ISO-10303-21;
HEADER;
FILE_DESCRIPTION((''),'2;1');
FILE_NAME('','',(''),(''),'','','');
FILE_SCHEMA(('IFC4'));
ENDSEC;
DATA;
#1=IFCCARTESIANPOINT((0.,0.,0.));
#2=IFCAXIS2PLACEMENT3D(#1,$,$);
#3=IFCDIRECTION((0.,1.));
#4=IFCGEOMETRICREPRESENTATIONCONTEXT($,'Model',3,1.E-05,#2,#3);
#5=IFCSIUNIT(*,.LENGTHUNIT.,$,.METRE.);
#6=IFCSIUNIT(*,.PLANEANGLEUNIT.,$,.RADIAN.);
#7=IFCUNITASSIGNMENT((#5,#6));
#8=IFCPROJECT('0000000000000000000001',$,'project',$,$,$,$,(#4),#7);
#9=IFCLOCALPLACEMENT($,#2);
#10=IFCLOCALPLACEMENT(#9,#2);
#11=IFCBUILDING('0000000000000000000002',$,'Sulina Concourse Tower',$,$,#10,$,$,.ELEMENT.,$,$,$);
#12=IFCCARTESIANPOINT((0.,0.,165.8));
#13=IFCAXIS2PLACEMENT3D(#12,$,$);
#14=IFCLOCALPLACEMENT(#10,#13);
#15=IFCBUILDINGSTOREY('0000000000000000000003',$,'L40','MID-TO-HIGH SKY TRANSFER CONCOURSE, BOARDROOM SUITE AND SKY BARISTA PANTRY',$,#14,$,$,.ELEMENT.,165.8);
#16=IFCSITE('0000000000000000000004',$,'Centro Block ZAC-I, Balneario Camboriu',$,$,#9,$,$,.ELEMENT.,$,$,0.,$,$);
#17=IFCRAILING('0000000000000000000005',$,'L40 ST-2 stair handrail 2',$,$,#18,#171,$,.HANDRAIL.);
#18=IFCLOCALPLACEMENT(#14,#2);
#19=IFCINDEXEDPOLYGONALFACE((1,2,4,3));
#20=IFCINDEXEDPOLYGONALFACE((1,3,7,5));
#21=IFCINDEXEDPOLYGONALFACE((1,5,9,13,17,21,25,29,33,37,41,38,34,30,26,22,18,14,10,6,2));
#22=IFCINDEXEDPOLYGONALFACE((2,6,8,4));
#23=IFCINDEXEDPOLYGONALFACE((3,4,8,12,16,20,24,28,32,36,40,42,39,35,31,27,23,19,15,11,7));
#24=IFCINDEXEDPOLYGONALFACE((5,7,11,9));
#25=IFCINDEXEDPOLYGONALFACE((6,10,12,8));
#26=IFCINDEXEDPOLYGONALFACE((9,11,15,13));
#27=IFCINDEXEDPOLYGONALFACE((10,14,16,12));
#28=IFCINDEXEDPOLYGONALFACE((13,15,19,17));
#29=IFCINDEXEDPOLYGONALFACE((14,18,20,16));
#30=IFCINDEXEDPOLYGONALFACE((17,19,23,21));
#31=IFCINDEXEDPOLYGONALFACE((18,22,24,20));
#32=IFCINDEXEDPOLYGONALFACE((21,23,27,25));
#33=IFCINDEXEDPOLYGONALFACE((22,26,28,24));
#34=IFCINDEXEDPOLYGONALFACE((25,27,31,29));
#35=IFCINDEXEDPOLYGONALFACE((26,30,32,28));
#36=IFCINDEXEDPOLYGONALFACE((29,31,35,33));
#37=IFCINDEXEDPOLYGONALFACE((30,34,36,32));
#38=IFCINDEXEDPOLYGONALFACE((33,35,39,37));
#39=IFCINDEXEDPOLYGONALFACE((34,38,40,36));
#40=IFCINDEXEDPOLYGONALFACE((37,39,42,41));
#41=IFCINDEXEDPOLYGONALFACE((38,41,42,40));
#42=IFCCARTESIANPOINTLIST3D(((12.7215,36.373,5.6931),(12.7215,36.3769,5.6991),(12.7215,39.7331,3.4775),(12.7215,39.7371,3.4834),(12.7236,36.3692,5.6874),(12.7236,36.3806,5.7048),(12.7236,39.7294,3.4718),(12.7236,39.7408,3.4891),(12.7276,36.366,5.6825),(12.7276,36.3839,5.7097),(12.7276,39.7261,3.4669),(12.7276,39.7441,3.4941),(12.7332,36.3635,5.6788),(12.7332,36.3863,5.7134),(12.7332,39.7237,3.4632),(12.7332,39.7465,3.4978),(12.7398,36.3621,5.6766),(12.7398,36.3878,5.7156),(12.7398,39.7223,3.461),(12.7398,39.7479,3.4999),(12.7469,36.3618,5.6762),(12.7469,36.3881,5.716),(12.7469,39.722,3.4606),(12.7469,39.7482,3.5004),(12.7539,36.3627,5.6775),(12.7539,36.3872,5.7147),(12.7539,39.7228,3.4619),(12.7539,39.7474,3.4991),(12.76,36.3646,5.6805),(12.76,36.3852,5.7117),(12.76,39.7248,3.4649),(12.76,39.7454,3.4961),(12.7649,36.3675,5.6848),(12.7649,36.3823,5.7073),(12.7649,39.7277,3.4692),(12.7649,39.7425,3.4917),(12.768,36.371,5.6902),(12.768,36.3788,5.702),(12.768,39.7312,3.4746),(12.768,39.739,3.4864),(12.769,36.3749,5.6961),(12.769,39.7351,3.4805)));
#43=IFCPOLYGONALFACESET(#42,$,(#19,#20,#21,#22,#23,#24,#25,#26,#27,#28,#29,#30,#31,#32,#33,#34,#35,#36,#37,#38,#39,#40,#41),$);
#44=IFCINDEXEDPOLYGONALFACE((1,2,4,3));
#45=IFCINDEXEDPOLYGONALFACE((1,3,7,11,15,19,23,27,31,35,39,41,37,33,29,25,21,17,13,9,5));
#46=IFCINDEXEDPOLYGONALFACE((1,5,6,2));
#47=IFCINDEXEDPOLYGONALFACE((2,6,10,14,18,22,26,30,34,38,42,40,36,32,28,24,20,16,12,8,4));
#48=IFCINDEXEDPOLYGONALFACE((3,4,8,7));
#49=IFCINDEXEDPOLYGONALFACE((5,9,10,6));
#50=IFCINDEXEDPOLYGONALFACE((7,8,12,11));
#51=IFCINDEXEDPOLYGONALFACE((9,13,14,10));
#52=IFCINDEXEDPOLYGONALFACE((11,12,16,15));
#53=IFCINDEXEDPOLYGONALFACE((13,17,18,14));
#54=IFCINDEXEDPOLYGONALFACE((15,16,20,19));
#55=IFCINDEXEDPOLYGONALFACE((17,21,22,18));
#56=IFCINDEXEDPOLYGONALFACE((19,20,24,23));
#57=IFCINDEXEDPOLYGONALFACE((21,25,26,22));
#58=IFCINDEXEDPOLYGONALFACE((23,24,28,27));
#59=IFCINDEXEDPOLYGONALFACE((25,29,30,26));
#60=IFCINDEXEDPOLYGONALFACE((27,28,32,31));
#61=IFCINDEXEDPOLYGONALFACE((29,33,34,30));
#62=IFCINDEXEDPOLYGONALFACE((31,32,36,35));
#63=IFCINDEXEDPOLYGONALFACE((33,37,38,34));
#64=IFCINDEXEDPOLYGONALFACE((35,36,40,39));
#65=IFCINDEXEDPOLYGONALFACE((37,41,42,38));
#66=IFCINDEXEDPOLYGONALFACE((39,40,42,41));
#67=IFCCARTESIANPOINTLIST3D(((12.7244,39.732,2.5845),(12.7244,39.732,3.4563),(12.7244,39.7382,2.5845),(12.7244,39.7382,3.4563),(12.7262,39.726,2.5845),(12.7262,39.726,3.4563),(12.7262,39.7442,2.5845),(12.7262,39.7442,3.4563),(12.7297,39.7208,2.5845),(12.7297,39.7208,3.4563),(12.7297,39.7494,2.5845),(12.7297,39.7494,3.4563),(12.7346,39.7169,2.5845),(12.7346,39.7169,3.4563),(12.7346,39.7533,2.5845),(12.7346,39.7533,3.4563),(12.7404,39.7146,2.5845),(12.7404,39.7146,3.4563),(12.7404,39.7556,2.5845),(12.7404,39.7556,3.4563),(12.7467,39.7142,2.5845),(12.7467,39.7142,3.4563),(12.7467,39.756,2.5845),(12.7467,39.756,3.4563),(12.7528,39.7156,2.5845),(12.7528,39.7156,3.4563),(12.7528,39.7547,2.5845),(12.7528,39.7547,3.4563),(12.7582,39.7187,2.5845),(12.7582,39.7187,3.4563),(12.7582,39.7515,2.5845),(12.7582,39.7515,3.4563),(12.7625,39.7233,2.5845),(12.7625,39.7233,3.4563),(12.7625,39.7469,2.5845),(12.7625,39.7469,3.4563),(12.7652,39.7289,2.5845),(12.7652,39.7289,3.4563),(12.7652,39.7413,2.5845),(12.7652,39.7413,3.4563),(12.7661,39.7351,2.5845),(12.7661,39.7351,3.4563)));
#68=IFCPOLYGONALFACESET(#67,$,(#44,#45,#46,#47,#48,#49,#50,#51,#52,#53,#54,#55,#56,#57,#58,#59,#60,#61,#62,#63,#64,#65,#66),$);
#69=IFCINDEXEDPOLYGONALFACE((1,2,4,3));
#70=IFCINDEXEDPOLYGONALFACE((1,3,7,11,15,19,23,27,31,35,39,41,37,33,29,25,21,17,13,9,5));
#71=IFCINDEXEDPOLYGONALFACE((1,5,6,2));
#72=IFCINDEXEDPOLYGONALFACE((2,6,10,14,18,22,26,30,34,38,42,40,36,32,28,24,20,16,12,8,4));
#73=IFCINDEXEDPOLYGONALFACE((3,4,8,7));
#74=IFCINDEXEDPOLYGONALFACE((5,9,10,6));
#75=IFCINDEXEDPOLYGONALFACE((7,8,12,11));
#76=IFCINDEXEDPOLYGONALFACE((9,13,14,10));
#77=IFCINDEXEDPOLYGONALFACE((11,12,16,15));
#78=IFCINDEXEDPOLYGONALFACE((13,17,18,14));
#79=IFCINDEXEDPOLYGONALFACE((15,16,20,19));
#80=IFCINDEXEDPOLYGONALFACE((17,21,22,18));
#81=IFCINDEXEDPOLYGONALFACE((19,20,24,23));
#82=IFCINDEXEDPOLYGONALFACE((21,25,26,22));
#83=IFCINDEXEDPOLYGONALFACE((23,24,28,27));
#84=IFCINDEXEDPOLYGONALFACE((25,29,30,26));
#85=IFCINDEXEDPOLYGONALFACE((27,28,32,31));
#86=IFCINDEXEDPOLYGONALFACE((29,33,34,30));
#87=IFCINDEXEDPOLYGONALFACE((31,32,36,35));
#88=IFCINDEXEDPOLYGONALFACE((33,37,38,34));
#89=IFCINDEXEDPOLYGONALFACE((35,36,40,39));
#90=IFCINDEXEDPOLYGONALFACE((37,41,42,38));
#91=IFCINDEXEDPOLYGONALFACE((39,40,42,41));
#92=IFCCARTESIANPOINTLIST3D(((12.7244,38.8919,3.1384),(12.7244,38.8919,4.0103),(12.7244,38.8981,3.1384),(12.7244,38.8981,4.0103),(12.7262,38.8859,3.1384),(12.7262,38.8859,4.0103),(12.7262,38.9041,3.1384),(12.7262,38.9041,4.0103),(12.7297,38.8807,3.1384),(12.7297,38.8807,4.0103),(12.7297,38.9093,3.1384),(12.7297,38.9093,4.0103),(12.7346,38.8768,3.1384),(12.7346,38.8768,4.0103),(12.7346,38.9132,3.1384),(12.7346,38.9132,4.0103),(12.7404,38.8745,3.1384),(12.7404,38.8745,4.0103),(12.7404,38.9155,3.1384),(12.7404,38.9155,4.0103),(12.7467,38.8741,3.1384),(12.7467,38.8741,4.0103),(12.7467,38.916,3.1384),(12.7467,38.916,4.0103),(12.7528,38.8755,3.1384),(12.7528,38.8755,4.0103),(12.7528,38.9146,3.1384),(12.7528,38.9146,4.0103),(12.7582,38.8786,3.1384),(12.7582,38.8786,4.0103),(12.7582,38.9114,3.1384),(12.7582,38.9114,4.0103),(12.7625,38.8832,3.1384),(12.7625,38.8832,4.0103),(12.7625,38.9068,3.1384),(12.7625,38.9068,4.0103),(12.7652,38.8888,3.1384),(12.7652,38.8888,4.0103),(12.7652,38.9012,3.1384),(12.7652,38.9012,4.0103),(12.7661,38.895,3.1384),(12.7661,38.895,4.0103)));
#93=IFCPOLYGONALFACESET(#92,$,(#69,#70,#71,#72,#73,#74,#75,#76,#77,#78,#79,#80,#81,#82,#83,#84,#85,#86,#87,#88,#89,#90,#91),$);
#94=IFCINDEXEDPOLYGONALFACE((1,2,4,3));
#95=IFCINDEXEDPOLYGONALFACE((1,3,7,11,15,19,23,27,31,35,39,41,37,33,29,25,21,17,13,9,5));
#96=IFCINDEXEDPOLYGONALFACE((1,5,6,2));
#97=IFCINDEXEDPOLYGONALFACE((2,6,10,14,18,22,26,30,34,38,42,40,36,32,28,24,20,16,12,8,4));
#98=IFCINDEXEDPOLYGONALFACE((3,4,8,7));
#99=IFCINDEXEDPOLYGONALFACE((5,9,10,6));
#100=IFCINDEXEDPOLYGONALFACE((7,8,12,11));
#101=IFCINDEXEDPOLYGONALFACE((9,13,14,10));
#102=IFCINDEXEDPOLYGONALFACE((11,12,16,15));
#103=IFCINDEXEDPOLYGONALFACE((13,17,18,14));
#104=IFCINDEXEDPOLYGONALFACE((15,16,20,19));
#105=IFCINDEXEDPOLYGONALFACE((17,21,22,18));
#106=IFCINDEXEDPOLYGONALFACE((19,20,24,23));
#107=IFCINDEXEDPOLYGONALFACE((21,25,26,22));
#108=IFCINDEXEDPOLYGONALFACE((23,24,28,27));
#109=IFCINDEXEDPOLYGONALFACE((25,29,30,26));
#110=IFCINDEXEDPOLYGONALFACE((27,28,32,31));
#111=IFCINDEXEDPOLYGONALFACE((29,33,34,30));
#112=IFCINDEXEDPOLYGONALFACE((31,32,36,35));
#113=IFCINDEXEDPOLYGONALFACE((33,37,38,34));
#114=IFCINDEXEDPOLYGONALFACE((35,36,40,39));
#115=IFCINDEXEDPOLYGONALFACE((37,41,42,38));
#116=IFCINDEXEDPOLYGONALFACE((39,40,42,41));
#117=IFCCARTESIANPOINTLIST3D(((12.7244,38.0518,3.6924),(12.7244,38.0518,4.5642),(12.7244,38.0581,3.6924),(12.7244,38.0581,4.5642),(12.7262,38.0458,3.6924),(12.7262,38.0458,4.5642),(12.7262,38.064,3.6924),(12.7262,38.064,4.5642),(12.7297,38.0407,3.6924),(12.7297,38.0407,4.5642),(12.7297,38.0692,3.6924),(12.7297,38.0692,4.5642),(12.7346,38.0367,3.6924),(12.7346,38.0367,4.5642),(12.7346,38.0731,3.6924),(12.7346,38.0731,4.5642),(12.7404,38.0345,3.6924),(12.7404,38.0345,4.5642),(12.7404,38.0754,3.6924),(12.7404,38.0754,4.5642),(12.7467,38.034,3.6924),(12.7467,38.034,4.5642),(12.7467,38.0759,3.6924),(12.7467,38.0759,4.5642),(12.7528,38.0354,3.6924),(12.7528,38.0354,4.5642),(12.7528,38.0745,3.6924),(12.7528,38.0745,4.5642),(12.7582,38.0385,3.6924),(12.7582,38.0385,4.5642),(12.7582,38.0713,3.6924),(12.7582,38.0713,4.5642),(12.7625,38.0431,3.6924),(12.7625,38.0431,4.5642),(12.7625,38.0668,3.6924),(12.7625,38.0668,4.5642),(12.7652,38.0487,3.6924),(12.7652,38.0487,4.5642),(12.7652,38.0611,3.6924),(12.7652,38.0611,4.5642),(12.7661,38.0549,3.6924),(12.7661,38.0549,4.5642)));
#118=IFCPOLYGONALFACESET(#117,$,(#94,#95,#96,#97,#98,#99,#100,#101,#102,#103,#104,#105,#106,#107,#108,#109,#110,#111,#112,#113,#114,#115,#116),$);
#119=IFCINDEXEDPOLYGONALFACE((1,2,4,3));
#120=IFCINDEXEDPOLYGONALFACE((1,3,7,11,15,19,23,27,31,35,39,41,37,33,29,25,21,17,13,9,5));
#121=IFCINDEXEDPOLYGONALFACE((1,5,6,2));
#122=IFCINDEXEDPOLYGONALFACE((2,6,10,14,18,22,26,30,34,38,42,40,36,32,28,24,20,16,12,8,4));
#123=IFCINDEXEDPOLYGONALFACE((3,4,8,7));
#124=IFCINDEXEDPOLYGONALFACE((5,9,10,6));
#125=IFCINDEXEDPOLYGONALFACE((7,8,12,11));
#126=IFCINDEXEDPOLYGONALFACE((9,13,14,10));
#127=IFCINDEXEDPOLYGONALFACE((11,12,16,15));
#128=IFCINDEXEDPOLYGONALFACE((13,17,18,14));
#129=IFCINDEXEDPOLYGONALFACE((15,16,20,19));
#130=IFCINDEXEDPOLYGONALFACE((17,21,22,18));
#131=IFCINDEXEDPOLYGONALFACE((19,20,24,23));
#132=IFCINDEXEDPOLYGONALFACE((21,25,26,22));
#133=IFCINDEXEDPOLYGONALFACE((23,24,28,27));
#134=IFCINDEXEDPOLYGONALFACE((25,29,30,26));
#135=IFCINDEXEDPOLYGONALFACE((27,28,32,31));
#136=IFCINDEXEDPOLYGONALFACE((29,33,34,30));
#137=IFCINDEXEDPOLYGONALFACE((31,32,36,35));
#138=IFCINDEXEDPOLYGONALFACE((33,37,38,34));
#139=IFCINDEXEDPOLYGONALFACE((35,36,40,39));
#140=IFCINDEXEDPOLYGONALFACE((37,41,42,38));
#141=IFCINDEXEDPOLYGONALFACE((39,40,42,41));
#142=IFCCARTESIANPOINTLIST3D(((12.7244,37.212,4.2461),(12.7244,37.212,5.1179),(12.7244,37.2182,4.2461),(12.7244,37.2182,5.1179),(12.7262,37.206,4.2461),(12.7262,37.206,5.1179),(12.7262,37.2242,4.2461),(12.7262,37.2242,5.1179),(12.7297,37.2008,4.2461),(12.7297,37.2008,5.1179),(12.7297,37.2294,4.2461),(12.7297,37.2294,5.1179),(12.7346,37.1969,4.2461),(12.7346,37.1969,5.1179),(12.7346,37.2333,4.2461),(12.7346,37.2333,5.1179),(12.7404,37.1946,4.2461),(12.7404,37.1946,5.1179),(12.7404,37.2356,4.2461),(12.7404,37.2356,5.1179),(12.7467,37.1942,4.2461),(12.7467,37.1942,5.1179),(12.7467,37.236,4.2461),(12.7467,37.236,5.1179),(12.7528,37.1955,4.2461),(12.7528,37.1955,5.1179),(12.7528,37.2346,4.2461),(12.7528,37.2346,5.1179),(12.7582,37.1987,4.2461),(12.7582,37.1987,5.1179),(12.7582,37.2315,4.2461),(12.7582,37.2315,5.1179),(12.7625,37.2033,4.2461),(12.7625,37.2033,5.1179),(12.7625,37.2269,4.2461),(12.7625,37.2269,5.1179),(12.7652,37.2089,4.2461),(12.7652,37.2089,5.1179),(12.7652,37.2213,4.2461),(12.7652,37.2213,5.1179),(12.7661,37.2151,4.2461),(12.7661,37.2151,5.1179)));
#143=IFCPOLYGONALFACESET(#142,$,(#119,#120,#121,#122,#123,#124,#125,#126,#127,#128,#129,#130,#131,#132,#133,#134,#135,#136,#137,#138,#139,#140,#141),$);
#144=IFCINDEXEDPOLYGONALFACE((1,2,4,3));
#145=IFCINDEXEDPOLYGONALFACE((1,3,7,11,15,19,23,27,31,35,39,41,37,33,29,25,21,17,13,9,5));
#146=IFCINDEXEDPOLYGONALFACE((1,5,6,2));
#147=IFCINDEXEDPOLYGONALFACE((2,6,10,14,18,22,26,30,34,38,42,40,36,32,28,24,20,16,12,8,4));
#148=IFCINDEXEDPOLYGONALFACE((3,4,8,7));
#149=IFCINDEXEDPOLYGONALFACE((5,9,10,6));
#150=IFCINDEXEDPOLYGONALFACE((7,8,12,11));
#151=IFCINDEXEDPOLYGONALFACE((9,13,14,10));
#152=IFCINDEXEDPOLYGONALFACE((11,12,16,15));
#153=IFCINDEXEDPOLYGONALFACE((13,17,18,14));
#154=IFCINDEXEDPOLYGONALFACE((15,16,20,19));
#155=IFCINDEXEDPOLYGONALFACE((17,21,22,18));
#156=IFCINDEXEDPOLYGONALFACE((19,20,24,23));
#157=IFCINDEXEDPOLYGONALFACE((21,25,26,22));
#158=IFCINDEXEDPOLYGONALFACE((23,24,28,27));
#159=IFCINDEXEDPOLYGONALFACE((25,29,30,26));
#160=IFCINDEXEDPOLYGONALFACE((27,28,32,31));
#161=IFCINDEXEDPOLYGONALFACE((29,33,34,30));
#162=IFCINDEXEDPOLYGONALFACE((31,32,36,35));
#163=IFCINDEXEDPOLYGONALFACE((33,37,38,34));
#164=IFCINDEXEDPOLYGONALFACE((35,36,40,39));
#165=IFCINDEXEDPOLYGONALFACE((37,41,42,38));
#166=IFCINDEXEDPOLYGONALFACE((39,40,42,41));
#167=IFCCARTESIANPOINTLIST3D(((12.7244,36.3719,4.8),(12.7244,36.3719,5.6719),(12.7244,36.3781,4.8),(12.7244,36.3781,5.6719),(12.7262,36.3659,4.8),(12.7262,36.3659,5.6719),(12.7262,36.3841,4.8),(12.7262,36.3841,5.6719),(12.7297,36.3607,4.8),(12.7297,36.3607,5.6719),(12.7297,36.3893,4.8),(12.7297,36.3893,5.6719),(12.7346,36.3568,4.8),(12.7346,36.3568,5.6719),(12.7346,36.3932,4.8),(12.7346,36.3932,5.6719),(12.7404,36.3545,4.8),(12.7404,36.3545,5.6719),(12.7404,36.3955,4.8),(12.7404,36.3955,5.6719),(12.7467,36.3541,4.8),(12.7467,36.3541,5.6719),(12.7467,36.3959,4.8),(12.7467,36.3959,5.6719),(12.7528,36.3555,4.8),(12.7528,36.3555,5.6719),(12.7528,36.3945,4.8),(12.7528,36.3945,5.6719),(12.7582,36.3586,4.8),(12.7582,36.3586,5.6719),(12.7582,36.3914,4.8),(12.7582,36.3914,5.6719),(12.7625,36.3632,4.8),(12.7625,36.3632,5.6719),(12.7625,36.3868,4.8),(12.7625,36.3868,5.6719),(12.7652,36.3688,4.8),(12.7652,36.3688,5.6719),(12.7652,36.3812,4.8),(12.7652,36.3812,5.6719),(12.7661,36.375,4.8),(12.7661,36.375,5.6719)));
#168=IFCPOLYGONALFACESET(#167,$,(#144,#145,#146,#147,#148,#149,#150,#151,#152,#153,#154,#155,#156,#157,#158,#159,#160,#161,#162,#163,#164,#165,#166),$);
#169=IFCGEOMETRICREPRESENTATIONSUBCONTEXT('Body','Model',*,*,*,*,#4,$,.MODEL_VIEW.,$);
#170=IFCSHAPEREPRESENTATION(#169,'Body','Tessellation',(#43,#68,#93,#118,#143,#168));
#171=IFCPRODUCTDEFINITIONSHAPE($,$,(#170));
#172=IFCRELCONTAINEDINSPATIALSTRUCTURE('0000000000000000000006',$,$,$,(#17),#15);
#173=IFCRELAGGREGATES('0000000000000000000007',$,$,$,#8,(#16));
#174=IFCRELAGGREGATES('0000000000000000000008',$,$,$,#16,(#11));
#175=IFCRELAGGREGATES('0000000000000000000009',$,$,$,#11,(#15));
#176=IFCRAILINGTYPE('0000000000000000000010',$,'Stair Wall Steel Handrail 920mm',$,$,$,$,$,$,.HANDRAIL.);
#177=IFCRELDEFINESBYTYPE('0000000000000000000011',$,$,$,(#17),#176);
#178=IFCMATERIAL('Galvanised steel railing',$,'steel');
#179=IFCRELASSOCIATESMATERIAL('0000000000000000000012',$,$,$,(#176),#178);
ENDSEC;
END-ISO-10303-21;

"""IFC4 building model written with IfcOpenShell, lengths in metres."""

from ifc_helpers import new_model, si_unit, direction, frame, origin, origin_2d, place, context, subcontext, project, spatial, circle, extrude, material, type_object, element, save


model = new_model("IFC4")

# Units and contexts
model_context = context("Model", 3, precision=1e-05, world=origin(), true_north=direction((0.0, 1.0)))
body_context = subcontext(model_context, "Body", "Model", "MODEL_VIEW")
ifc_project = project(units=[si_unit("LENGTHUNIT", "METRE"), si_unit("PLANEANGLEUNIT", "RADIAN")], contexts=[model_context])

# Site, building, storey
site_placement = place(None, origin())
site = spatial("IfcSite", under=ifc_project, at=site_placement, Name="Centro Block ZAC-I, Balneario Camboriu", CompositionType="ELEMENT", RefElevation=0.0)
building_placement = place(site_placement, origin())
building = spatial("IfcBuilding", under=site, at=building_placement, Name="Sulina Concourse Tower", CompositionType="ELEMENT")
storey_placement = place(building_placement, frame((0.0, 0.0, 165.8)))
storey = spatial("IfcBuildingStorey", under=building, at=storey_placement, Name="L40", Description="MID-TO-HIGH SKY TRANSFER CONCOURSE, BOARDROOM SUITE AND SKY BARISTA PANTRY", CompositionType="ELEMENT", Elevation=165.8)

# Railing
ifc_material_1 = material(Name="Galvanised steel railing", Category="steel")
railing_type_1 = type_object("IfcRailingType", Name="Stair Wall Steel Handrail 920mm", PredefinedType="HANDRAIL", material=ifc_material_1)
railing_1_placement = place(storey_placement, frame((12.7451, 39.7351, 2.5845)))
element("IfcRailing", 1, at=railing_1_placement, inside=storey, type_object=railing_type_1, Name="L40 ST-2 stair handrail 2", PredefinedType="HANDRAIL", context=body_context, shape_type="SweptSolid", body=[
    extrude(circle(Radius=0.0239, at=origin_2d()), frame((0.0, 0.0, 0.896), z_axis=(0.0, -0.834849, 0.55048), x_axis=(1.0, 0.0, 0.0)), (0.0, 0.0, 1.0), 4.0249),
    extrude(circle(Radius=0.021, at=origin_2d()), origin(), (0.0, 0.0, 1.0), 0.8718),
    extrude(circle(Radius=0.021, at=origin_2d()), frame((0.0, -0.8401, 0.554)), (0.0, 0.0, 1.0), 0.8718),
    extrude(circle(Radius=0.021, at=origin_2d()), frame((0.0, -1.6802, 1.1079)), (0.0, 0.0, 1.0), 0.8718),
    extrude(circle(Radius=0.021, at=origin_2d()), frame((0.0, -2.52, 1.6616)), (0.0, 0.0, 1.0), 0.8718),
    extrude(circle(Radius=0.021, at=origin_2d()), frame((0.0, -3.3601, 2.2156)), (0.0, 0.0, 1.0), 0.8718),
])

save(model, "model.ifc")
